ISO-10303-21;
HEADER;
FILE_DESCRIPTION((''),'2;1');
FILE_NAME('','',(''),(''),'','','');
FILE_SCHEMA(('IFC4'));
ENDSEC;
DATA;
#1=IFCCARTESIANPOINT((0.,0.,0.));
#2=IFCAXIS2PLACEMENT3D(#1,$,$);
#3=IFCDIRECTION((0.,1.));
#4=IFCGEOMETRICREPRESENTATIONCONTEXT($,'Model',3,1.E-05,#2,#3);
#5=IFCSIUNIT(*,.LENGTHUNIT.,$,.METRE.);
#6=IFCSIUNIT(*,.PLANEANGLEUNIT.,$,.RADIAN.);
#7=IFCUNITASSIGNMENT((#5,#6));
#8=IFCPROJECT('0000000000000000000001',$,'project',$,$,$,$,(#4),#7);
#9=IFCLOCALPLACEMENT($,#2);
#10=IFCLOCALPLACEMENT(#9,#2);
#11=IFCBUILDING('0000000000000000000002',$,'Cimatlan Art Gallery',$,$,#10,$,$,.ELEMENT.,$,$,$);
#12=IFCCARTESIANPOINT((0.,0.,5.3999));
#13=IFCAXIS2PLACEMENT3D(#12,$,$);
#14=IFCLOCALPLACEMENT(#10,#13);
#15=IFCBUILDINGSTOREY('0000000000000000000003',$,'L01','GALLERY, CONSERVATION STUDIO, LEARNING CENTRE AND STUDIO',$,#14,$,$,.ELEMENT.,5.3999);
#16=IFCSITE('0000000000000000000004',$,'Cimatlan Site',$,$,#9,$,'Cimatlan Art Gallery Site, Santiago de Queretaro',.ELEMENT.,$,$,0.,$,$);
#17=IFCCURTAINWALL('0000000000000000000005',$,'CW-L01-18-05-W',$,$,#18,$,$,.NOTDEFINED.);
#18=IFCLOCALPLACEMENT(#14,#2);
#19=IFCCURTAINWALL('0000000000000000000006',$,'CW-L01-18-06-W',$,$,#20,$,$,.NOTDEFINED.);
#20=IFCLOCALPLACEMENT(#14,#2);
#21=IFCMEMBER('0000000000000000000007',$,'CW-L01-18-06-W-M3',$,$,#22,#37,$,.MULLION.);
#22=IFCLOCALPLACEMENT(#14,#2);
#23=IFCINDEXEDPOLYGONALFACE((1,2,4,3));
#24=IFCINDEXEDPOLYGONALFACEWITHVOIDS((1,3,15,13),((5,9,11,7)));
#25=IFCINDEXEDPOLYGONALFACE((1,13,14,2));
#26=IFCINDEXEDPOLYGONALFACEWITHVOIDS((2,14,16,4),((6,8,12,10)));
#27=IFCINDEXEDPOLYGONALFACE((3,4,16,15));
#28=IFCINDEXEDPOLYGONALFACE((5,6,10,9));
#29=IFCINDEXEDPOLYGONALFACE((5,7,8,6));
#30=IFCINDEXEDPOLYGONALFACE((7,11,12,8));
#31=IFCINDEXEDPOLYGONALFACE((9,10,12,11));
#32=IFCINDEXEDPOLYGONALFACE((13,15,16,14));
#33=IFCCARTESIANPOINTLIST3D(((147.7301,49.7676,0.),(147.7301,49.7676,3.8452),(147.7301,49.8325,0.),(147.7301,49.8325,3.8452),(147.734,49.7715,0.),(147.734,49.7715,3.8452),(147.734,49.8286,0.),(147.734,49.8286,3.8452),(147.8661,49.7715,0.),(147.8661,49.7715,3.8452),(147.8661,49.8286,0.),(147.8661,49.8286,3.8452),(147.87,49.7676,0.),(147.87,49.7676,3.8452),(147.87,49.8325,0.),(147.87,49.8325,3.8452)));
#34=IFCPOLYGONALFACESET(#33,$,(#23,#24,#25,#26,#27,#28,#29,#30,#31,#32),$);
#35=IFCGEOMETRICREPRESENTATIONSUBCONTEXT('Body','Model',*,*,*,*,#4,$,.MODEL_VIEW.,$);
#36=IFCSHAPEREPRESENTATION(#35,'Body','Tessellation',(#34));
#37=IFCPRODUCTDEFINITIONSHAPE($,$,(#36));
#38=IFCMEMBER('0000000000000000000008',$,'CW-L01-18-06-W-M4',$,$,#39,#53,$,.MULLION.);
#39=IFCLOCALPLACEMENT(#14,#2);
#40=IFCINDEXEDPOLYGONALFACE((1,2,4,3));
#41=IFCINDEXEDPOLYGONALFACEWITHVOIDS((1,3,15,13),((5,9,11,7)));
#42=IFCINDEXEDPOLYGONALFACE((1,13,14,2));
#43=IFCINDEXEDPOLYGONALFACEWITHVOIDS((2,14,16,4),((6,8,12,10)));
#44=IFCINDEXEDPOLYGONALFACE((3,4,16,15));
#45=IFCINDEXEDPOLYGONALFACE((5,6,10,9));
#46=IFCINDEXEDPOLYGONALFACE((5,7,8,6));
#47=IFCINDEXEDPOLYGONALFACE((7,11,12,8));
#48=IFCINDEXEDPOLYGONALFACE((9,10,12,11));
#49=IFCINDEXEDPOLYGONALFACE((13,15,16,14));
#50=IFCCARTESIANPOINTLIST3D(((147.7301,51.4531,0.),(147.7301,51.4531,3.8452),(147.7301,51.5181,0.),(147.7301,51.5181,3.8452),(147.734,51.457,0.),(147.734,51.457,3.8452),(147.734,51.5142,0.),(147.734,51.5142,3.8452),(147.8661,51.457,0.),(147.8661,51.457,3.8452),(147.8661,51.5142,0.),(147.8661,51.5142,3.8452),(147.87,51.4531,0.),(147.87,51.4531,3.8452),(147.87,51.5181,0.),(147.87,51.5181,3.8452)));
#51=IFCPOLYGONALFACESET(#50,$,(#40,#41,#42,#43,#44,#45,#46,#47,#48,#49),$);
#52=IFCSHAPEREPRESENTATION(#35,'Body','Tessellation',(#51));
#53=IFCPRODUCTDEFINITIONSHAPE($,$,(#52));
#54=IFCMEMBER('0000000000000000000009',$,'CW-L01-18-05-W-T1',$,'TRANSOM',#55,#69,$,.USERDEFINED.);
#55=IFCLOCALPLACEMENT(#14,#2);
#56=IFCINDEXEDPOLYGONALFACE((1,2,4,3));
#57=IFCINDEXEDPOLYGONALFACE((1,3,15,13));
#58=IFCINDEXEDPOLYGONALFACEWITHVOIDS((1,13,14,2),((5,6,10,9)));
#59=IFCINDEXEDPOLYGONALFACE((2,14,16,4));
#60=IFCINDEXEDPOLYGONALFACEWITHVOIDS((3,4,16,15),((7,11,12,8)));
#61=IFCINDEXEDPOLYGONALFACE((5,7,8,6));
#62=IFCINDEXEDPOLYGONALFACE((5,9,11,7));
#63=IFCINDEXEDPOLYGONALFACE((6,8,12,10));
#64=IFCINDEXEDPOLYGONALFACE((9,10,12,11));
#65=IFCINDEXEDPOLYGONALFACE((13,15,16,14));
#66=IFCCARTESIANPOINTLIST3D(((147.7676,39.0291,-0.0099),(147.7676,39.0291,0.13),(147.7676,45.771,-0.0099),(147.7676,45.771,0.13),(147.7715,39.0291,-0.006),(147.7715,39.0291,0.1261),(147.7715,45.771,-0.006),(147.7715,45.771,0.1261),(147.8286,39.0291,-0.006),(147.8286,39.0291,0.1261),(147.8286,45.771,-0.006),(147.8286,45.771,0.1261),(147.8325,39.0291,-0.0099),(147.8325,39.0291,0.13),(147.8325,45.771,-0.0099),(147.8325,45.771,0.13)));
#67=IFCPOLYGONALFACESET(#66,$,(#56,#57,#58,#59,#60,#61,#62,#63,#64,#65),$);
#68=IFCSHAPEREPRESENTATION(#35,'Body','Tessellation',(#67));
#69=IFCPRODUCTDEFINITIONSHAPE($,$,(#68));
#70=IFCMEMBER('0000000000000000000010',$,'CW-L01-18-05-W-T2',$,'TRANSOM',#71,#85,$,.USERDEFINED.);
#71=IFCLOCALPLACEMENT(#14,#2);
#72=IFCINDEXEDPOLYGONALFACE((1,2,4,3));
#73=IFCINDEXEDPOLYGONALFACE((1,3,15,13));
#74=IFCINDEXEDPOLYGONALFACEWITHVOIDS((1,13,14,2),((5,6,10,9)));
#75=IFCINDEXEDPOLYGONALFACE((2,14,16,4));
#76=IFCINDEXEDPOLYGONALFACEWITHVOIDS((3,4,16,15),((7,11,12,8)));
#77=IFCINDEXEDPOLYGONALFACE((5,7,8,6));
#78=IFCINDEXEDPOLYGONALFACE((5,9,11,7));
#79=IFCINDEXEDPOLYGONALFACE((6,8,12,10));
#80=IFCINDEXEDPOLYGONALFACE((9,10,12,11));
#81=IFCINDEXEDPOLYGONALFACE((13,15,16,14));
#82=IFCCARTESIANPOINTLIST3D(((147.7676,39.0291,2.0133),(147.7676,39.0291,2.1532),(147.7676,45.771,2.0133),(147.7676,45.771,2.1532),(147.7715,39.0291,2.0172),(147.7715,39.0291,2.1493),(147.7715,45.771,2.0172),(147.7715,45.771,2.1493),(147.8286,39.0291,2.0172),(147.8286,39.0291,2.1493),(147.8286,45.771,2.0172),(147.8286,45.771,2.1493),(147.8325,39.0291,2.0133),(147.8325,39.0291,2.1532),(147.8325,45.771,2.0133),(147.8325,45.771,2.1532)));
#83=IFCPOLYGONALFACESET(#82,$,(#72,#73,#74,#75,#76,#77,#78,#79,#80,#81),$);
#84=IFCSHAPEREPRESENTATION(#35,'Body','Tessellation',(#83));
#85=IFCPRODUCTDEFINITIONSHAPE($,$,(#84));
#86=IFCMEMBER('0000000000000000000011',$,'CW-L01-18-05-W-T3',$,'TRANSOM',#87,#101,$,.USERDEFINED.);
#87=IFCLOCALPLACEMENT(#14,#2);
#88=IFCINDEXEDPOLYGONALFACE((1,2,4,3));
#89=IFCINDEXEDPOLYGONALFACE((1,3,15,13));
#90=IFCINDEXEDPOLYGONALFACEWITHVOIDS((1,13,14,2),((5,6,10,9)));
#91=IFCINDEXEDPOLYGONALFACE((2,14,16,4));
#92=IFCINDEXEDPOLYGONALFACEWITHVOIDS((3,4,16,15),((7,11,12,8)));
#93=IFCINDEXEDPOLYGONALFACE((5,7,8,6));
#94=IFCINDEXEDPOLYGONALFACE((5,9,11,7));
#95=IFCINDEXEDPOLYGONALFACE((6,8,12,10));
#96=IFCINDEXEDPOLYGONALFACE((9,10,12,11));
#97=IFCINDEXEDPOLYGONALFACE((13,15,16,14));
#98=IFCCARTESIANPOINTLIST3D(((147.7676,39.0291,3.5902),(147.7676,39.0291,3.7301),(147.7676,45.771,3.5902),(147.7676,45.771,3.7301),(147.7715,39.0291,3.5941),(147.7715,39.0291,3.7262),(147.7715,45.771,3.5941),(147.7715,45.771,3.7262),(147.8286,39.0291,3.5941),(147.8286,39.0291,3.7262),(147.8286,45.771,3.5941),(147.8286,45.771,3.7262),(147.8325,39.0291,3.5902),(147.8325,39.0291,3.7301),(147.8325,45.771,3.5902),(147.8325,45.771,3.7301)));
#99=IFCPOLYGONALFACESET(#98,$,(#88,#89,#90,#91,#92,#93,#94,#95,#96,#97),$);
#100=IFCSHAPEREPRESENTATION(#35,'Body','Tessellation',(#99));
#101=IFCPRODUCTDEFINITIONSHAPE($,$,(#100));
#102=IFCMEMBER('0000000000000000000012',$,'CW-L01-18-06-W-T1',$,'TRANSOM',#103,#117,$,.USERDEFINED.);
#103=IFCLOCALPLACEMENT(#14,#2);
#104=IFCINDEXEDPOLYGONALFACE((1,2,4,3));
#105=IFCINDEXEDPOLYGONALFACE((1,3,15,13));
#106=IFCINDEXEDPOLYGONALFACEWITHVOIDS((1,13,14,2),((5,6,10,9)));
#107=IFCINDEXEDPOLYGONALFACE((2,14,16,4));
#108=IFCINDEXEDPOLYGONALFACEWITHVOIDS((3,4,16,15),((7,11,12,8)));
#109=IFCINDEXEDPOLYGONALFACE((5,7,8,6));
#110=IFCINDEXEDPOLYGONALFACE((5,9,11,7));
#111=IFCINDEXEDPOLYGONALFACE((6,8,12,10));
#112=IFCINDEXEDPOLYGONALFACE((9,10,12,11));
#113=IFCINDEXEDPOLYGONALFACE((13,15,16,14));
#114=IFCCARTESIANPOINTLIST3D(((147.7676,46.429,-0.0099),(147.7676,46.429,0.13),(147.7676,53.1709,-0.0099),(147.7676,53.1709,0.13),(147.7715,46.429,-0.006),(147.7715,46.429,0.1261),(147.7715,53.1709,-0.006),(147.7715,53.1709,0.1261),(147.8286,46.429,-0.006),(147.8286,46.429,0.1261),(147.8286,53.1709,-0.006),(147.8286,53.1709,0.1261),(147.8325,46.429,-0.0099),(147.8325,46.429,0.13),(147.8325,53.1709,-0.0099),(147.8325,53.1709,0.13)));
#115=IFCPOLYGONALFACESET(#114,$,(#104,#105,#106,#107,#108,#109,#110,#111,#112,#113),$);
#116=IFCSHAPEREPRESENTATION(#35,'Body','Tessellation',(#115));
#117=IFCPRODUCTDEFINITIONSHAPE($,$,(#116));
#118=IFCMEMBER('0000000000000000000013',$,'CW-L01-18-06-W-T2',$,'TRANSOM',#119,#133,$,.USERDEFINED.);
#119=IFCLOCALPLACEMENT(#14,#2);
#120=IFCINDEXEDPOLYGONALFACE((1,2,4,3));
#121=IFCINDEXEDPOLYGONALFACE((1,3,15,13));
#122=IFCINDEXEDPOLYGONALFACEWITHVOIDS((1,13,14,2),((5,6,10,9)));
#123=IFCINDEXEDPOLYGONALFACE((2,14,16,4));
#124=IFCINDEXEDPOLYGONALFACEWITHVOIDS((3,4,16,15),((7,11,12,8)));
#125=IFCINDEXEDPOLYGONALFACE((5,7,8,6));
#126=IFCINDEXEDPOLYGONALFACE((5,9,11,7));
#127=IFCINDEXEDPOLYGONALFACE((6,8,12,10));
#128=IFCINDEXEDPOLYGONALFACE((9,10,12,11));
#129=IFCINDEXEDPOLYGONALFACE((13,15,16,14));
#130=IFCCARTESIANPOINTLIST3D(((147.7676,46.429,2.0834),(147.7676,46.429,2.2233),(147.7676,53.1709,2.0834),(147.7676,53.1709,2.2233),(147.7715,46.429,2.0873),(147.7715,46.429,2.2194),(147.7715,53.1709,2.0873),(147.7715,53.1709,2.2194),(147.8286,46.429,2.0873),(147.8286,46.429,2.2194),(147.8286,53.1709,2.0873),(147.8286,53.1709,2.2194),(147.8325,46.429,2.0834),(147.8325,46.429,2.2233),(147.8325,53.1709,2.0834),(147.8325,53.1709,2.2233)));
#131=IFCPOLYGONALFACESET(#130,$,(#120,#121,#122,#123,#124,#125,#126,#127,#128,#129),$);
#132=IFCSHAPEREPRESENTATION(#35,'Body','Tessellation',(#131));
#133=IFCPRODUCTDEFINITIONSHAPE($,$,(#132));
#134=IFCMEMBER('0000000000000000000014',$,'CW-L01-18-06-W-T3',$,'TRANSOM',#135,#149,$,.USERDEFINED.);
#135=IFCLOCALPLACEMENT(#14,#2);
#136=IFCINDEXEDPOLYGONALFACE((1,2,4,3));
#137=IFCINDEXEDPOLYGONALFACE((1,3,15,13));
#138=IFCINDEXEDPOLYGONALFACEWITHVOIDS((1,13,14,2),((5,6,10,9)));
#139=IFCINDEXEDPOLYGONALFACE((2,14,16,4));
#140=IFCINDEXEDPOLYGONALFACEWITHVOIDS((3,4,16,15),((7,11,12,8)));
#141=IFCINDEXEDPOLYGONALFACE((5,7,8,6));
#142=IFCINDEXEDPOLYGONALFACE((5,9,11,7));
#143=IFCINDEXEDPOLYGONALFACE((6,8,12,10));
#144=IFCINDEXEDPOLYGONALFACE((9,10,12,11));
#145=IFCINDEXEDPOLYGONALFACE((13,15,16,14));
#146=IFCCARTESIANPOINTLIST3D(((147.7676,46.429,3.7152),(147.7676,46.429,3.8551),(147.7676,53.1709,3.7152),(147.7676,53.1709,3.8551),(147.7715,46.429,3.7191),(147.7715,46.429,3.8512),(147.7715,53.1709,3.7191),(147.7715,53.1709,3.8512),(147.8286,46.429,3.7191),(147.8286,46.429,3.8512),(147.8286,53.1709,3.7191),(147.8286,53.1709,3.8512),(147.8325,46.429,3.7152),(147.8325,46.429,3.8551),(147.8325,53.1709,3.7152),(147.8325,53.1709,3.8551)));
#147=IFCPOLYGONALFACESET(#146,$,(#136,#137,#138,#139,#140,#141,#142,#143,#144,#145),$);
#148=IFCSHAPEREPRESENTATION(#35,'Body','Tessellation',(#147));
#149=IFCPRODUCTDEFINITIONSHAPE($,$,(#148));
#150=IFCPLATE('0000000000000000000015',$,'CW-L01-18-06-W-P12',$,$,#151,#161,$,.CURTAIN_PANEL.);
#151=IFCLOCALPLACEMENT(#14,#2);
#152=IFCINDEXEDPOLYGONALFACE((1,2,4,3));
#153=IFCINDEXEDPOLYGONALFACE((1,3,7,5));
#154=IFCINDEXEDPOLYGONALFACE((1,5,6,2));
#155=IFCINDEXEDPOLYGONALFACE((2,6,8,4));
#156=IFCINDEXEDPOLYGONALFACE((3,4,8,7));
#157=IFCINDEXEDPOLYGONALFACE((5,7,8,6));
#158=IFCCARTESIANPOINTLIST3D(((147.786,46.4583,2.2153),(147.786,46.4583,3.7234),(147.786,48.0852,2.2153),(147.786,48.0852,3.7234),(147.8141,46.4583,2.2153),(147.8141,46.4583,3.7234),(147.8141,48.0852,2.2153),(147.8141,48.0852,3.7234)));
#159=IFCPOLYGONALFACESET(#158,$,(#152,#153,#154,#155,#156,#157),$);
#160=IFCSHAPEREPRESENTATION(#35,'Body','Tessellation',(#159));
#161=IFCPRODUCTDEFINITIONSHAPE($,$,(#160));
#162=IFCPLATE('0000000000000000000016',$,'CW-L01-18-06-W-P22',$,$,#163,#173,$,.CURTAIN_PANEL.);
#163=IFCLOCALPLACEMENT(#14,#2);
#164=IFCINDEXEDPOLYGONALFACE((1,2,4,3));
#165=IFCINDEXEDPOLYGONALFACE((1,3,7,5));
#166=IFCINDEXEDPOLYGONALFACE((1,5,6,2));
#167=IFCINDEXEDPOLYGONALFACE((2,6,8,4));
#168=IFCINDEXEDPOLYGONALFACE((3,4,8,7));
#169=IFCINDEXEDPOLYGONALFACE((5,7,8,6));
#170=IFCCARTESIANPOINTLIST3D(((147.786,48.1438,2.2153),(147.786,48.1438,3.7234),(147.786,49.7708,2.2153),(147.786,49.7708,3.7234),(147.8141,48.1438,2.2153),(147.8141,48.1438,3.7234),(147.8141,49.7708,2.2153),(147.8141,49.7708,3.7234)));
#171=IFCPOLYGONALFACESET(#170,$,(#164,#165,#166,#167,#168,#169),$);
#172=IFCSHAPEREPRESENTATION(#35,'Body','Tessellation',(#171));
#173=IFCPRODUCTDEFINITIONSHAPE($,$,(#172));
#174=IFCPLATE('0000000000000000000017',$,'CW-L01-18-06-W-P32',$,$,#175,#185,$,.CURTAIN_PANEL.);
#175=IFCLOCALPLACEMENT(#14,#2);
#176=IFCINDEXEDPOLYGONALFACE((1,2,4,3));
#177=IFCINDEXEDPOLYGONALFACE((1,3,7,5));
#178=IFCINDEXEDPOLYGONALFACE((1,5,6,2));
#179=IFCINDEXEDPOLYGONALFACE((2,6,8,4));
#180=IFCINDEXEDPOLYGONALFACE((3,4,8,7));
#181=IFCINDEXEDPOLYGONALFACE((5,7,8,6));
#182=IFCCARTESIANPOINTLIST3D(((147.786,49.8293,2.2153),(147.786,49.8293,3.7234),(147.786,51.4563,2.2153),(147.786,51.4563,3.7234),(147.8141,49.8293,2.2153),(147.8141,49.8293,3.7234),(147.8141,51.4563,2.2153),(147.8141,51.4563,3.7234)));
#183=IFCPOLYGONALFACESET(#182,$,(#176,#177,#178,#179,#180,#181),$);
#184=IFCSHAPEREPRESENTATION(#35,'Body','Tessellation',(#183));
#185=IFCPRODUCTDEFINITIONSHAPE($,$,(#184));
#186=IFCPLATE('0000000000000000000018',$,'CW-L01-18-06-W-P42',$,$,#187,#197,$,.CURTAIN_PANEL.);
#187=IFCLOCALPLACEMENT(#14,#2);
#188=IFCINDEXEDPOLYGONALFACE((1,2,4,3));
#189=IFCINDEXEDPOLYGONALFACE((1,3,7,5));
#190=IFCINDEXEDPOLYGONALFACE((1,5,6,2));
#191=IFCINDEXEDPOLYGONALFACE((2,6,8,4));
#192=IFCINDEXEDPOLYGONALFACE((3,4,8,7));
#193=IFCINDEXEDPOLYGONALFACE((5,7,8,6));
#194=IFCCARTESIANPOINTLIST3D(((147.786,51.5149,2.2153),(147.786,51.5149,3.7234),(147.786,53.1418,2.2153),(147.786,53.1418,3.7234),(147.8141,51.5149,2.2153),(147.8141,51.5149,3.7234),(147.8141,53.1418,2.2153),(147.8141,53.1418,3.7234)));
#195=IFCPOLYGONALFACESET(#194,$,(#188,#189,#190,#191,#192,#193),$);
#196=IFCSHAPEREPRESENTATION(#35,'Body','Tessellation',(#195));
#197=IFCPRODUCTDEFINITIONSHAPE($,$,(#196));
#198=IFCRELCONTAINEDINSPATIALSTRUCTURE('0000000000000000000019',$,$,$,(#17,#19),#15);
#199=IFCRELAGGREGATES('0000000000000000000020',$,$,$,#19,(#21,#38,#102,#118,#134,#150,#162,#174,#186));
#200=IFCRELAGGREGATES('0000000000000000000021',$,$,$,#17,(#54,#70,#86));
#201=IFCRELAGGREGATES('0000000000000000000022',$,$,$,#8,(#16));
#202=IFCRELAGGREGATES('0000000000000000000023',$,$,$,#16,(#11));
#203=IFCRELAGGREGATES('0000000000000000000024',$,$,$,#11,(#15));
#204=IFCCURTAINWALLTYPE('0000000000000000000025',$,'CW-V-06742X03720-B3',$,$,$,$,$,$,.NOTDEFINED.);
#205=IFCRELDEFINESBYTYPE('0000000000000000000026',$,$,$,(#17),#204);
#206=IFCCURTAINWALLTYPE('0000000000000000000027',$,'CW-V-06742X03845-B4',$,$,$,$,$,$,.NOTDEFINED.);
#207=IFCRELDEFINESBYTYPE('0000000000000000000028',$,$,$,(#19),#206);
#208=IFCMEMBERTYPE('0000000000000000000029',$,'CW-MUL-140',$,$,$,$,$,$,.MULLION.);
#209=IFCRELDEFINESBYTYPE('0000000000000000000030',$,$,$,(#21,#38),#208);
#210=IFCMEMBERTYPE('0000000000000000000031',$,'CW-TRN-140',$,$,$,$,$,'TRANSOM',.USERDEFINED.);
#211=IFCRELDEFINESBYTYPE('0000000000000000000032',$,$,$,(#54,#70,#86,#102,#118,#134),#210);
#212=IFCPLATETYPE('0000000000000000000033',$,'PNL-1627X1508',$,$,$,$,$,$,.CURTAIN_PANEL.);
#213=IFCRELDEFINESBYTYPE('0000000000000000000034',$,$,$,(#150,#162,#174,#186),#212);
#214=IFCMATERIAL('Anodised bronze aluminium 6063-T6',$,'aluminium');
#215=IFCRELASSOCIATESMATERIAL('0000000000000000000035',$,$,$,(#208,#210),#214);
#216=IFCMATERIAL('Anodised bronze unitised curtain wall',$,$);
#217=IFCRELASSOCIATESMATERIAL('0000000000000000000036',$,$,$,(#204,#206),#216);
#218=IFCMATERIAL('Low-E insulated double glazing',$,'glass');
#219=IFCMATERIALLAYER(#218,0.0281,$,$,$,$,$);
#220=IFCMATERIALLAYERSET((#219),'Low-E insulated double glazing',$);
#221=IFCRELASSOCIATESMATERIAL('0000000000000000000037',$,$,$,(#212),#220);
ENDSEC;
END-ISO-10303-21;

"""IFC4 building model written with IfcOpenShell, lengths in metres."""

from ifc_helpers import new_model, si_unit, direction, frame, origin, origin_2d, place, context, subcontext, project, spatial, rectangle, hollow_rectangle, extrude, material, layer, layer_set, material_profile, profile_set, type_object, element, aggregate, save


model = new_model("IFC4")

# Units and contexts
model_context = context("Model", 3, precision=1e-05, world=origin(), true_north=direction((0.0, 1.0)))
body_context = subcontext(model_context, "Body", "Model", "MODEL_VIEW")
ifc_project = project(units=[si_unit("LENGTHUNIT", "METRE"), si_unit("PLANEANGLEUNIT", "RADIAN")], contexts=[model_context])

# Site, building, storey
site_placement = place(None, origin())
site = spatial("IfcSite", under=ifc_project, at=site_placement, Name="Cimatlan Site", LongName="Cimatlan Art Gallery Site, Santiago de Queretaro", CompositionType="ELEMENT", RefElevation=0.0)
building_placement = place(site_placement, origin())
building = spatial("IfcBuilding", under=site, at=building_placement, Name="Cimatlan Art Gallery", CompositionType="ELEMENT")
storey_placement = place(building_placement, frame((0.0, 0.0, 5.3999)))
storey = spatial("IfcBuildingStorey", under=building, at=storey_placement, Name="L01", Description="GALLERY, CONSERVATION STUDIO, LEARNING CENTRE AND STUDIO", CompositionType="ELEMENT", Elevation=5.3999)

# Curtain walls, members
ifc_material_1 = material(Name="Anodised bronze unitised curtain wall")
ifc_material_2 = material(Name="Anodised bronze aluminium 6063-T6", Category="aluminium")
ifc_material_profile_1 = material_profile(ifc_material_2, hollow_rectangle(XDim=0.0649, YDim=0.1399, WallThickness=0.0039, at=origin_2d()), Name="ALU65X140X4")
ifc_profile_set_1 = profile_set([ifc_material_profile_1], Name="Anodised bronze aluminium 6063-T6")
member_type_1 = type_object("IfcMemberType", Name="CW-MUL-140", PredefinedType="MULLION", material=ifc_profile_set_1)
curtain_wall_type_1 = type_object("IfcCurtainWallType", Name="CW-V-06742X03720-B3", PredefinedType="NOTDEFINED", material=ifc_material_1)
curtain_wall_1_placement = place(storey_placement, origin())
curtain_wall_1 = element("IfcCurtainWall", 1, at=curtain_wall_1_placement, inside=storey, type_object=curtain_wall_type_1, Name="CW-L01-18-05-W", PredefinedType="NOTDEFINED")
curtain_wall_type_2 = type_object("IfcCurtainWallType", Name="CW-V-06742X03845-B4", PredefinedType="NOTDEFINED", material=ifc_material_1)
curtain_wall_2_placement = place(storey_placement, origin())
curtain_wall_2 = element("IfcCurtainWall", 2, at=curtain_wall_2_placement, inside=storey, type_object=curtain_wall_type_2, Name="CW-L01-18-06-W", PredefinedType="NOTDEFINED")
member_1_placement = place(storey_placement, frame((147.8, 49.8, 0.0), z_axis=(0.0, 0.0, 1.0), x_axis=(0.0, 1.0, 0.0)))
member_1 = element("IfcMember", 3, at=member_1_placement, type_object=member_type_1, Name="CW-L01-18-06-W-M3", PredefinedType="MULLION", context=body_context, shape_type="SweptSolid", body=[
    extrude(hollow_rectangle(XDim=0.0649, YDim=0.1399, WallThickness=0.0039, at=origin_2d()), origin(), (0.0, 0.0, 1.0), 3.8452),
])
member_2_placement = place(storey_placement, frame((147.8, 51.4856, 0.0), z_axis=(0.0, 0.0, 1.0), x_axis=(0.0, 1.0, 0.0)))
member_2 = element("IfcMember", 4, at=member_2_placement, type_object=member_type_1, Name="CW-L01-18-06-W-M4", PredefinedType="MULLION", context=body_context, shape_type="SweptSolid", body=[
    extrude(hollow_rectangle(XDim=0.0649, YDim=0.1399, WallThickness=0.0039, at=origin_2d()), origin(), (0.0, 0.0, 1.0), 3.8452),
])

# Members
ifc_material_profile_2 = material_profile(ifc_material_2, hollow_rectangle(XDim=0.0649, YDim=0.1399, WallThickness=0.0039, at=origin_2d()), Name="ALU65X140X4")
ifc_profile_set_2 = profile_set([ifc_material_profile_2], Name="Anodised bronze aluminium 6063-T6")
member_type_2 = type_object("IfcMemberType", Name="CW-TRN-140", ElementType="TRANSOM", PredefinedType="USERDEFINED", material=ifc_profile_set_2)
member_3_placement = place(storey_placement, frame((147.8, 39.0291, 0.0601), z_axis=(0.0, 1.0, 0.0), x_axis=(-1.0, 0.0, 0.0)))
member_3 = element("IfcMember", 5, at=member_3_placement, type_object=member_type_2, Name="CW-L01-18-05-W-T1", ObjectType="TRANSOM", PredefinedType="USERDEFINED", context=body_context, shape_type="SweptSolid", body=[
    extrude(hollow_rectangle(XDim=0.0649, YDim=0.1399, WallThickness=0.0039, at=origin_2d()), origin(), (0.0, 0.0, 1.0), 6.7419),
])
member_4_placement = place(storey_placement, frame((147.8, 39.0291, 2.0833), z_axis=(0.0, 1.0, 0.0), x_axis=(-1.0, 0.0, 0.0)))
member_4 = element("IfcMember", 6, at=member_4_placement, type_object=member_type_2, Name="CW-L01-18-05-W-T2", ObjectType="TRANSOM", PredefinedType="USERDEFINED", context=body_context, shape_type="SweptSolid", body=[
    extrude(hollow_rectangle(XDim=0.0649, YDim=0.1399, WallThickness=0.0039, at=origin_2d()), origin(), (0.0, 0.0, 1.0), 6.7419),
])
member_5_placement = place(storey_placement, frame((147.8, 39.0291, 3.6602), z_axis=(0.0, 1.0, 0.0), x_axis=(-1.0, 0.0, 0.0)))
member_5 = element("IfcMember", 7, at=member_5_placement, type_object=member_type_2, Name="CW-L01-18-05-W-T3", ObjectType="TRANSOM", PredefinedType="USERDEFINED", context=body_context, shape_type="SweptSolid", body=[
    extrude(hollow_rectangle(XDim=0.0649, YDim=0.1399, WallThickness=0.0039, at=origin_2d()), origin(), (0.0, 0.0, 1.0), 6.7419),
])
member_6_placement = place(storey_placement, frame((147.8, 46.429, 0.0601), z_axis=(0.0, 1.0, 0.0), x_axis=(-1.0, 0.0, 0.0)))
member_6 = element("IfcMember", 8, at=member_6_placement, type_object=member_type_2, Name="CW-L01-18-06-W-T1", ObjectType="TRANSOM", PredefinedType="USERDEFINED", context=body_context, shape_type="SweptSolid", body=[
    extrude(hollow_rectangle(XDim=0.0649, YDim=0.1399, WallThickness=0.0039, at=origin_2d()), origin(), (0.0, 0.0, 1.0), 6.7419),
])
member_7_placement = place(storey_placement, frame((147.8, 46.429, 2.1533), z_axis=(0.0, 1.0, 0.0), x_axis=(-1.0, 0.0, 0.0)))
member_7 = element("IfcMember", 9, at=member_7_placement, type_object=member_type_2, Name="CW-L01-18-06-W-T2", ObjectType="TRANSOM", PredefinedType="USERDEFINED", context=body_context, shape_type="SweptSolid", body=[
    extrude(hollow_rectangle(XDim=0.0649, YDim=0.1399, WallThickness=0.0039, at=origin_2d()), origin(), (0.0, 0.0, 1.0), 6.7419),
])
member_8_placement = place(storey_placement, frame((147.8, 46.429, 3.7852), z_axis=(0.0, 1.0, 0.0), x_axis=(-1.0, 0.0, 0.0)))
member_8 = element("IfcMember", 10, at=member_8_placement, type_object=member_type_2, Name="CW-L01-18-06-W-T3", ObjectType="TRANSOM", PredefinedType="USERDEFINED", context=body_context, shape_type="SweptSolid", body=[
    extrude(hollow_rectangle(XDim=0.0649, YDim=0.1399, WallThickness=0.0039, at=origin_2d()), origin(), (0.0, 0.0, 1.0), 6.7419),
])

# Plates
ifc_material_3 = material(Name="Low-E insulated double glazing", Category="glass")
ifc_layer_1 = layer(ifc_material_3, 0.0281)
ifc_layer_set_1 = layer_set([ifc_layer_1], Name="Low-E insulated double glazing")
plate_type_1 = type_object("IfcPlateType", Name="PNL-1627X1508", PredefinedType="CURTAIN_PANEL", material=ifc_layer_set_1)
plate_1_placement = place(storey_placement, frame((147.8, 47.2717, 2.2153), z_axis=(0.0, 0.0, 1.0), x_axis=(0.0, 1.0, 0.0)))
plate_1 = element("IfcPlate", 11, at=plate_1_placement, type_object=plate_type_1, Name="CW-L01-18-06-W-P12", PredefinedType="CURTAIN_PANEL", context=body_context, shape_type="SweptSolid", body=[
    extrude(rectangle(XDim=1.627, YDim=0.0281, at=origin_2d()), origin(), (0.0, 0.0, 1.0), 1.5081),
])
plate_2_placement = place(storey_placement, frame((147.8, 48.9573, 2.2153), z_axis=(0.0, 0.0, 1.0), x_axis=(0.0, 1.0, 0.0)))
plate_2 = element("IfcPlate", 12, at=plate_2_placement, type_object=plate_type_1, Name="CW-L01-18-06-W-P22", PredefinedType="CURTAIN_PANEL", context=body_context, shape_type="SweptSolid", body=[
    extrude(rectangle(XDim=1.627, YDim=0.0281, at=origin_2d()), origin(), (0.0, 0.0, 1.0), 1.5081),
])
plate_3_placement = place(storey_placement, frame((147.8, 50.6428, 2.2153), z_axis=(0.0, 0.0, 1.0), x_axis=(0.0, 1.0, 0.0)))
plate_3 = element("IfcPlate", 13, at=plate_3_placement, type_object=plate_type_1, Name="CW-L01-18-06-W-P32", PredefinedType="CURTAIN_PANEL", context=body_context, shape_type="SweptSolid", body=[
    extrude(rectangle(XDim=1.627, YDim=0.0281, at=origin_2d()), origin(), (0.0, 0.0, 1.0), 1.5081),
])
plate_4_placement = place(storey_placement, frame((147.8, 52.3284, 2.2153), z_axis=(0.0, 0.0, 1.0), x_axis=(0.0, 1.0, 0.0)))
plate_4 = element("IfcPlate", 14, at=plate_4_placement, type_object=plate_type_1, Name="CW-L01-18-06-W-P42", PredefinedType="CURTAIN_PANEL", context=body_context, shape_type="SweptSolid", body=[
    extrude(rectangle(XDim=1.627, YDim=0.0281, at=origin_2d()), origin(), (0.0, 0.0, 1.0), 1.5081),
])
aggregate(curtain_wall_2, [member_1, member_2, member_6, member_7, member_8, plate_1, plate_2, plate_3, plate_4])
aggregate(curtain_wall_1, [member_3, member_4, member_5])

save(model, "model.ifc")
